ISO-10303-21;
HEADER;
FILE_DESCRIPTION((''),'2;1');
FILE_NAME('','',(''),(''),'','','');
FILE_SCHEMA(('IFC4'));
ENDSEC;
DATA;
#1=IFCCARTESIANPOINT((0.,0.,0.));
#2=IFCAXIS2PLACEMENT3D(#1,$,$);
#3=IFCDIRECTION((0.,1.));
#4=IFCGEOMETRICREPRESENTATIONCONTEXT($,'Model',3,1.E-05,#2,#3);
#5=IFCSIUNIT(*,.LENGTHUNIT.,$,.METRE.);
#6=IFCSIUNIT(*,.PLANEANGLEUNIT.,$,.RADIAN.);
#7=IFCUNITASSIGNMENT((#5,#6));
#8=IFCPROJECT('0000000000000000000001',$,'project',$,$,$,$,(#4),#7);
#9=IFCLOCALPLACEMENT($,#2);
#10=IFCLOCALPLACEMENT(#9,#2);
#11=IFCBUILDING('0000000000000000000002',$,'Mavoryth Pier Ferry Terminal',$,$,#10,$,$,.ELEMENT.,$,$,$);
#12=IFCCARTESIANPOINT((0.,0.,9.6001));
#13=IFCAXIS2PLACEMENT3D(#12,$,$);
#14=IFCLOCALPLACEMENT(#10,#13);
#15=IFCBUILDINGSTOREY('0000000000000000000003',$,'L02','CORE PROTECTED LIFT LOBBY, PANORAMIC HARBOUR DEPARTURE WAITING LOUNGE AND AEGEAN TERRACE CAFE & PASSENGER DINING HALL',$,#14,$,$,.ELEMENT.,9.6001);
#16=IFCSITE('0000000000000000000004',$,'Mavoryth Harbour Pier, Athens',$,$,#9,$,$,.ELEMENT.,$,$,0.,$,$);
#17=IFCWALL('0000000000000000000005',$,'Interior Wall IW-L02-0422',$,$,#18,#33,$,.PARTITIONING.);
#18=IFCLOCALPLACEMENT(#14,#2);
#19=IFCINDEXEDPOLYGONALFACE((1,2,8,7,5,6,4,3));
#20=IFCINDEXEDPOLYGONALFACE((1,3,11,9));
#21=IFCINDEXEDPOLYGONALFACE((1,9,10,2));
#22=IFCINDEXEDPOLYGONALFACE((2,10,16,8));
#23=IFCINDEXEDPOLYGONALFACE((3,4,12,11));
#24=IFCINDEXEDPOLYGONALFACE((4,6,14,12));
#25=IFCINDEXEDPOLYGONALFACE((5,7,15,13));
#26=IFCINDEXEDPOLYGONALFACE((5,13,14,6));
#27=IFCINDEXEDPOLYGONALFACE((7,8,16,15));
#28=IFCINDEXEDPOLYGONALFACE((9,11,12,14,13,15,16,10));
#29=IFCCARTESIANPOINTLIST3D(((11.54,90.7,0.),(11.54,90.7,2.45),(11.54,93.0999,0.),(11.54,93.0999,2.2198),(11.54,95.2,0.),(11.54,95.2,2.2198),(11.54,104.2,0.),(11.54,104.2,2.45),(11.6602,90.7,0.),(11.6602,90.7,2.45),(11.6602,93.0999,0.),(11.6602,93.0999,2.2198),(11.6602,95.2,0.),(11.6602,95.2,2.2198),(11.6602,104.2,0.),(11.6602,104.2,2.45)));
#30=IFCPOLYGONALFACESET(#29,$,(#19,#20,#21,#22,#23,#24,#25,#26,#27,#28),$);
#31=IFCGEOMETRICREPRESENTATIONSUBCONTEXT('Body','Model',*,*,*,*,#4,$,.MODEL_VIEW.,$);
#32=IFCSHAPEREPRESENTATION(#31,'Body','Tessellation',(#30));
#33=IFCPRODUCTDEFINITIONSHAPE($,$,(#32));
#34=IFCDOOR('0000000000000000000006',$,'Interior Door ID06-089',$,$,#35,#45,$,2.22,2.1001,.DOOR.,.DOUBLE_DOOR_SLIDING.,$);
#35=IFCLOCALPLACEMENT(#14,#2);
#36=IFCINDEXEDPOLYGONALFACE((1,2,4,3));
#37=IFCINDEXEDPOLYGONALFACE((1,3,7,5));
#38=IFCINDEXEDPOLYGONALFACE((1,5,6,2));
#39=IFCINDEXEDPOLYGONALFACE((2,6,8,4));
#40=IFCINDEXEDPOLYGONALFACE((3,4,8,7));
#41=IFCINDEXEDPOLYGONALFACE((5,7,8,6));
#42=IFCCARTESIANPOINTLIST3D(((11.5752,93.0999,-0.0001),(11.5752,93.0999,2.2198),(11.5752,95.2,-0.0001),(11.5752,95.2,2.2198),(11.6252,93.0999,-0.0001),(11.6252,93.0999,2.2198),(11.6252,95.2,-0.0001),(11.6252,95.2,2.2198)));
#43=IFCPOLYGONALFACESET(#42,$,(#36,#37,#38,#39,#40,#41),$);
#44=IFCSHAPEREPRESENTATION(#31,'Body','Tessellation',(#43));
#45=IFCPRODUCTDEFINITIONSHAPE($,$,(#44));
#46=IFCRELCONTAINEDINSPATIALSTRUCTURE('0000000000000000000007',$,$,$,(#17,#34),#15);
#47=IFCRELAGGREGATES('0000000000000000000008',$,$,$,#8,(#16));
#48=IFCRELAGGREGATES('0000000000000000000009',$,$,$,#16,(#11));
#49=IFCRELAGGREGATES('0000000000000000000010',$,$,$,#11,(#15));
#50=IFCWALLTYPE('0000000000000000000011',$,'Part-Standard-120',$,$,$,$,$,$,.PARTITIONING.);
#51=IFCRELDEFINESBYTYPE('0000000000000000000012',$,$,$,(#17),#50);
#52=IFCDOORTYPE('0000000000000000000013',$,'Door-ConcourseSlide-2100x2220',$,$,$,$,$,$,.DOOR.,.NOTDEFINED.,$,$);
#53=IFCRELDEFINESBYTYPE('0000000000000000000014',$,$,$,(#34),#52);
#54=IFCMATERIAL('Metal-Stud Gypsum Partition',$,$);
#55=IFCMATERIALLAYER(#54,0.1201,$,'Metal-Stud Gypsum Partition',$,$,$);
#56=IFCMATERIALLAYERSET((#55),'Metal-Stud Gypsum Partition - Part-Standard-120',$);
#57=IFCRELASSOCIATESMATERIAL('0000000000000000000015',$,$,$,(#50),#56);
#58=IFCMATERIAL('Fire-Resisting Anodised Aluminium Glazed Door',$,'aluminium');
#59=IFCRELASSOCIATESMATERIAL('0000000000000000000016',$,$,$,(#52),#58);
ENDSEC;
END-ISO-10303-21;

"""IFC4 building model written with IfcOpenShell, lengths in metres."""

from ifc_helpers import new_model, si_unit, direction, frame, frame_2d, origin, place, context, subcontext, project, spatial, rectangle, extrude, material, layer, layer_set, type_object, element, fill, save


model = new_model("IFC4")

# Units and contexts
model_context = context("Model", 3, precision=1e-05, world=origin(), true_north=direction((0.0, 1.0)))
body_context = subcontext(model_context, "Body", "Model", "MODEL_VIEW")
ifc_project = project(units=[si_unit("LENGTHUNIT", "METRE"), si_unit("PLANEANGLEUNIT", "RADIAN")], contexts=[model_context])

# Site, building, storey
site_placement = place(None, origin())
site = spatial("IfcSite", under=ifc_project, at=site_placement, Name="Mavoryth Harbour Pier, Athens", CompositionType="ELEMENT", RefElevation=0.0)
building_placement = place(site_placement, origin())
building = spatial("IfcBuilding", under=site, at=building_placement, Name="Mavoryth Pier Ferry Terminal", CompositionType="ELEMENT")
storey_placement = place(building_placement, frame((0.0, 0.0, 9.6001)))
storey = spatial("IfcBuildingStorey", under=building, at=storey_placement, Name="L02", Description="CORE PROTECTED LIFT LOBBY, PANORAMIC HARBOUR DEPARTURE WAITING LOUNGE AND AEGEAN TERRACE CAFE & PASSENGER DINING HALL", CompositionType="ELEMENT", Elevation=9.6001)

# Wall, opening, door
ifc_material_1 = material(Name="Metal-Stud Gypsum Partition")
ifc_layer_1 = layer(ifc_material_1, 0.1201, Name="Metal-Stud Gypsum Partition")
ifc_layer_set_1 = layer_set([ifc_layer_1], Name="Metal-Stud Gypsum Partition - Part-Standard-120")
wall_type = type_object("IfcWallType", Name="Part-Standard-120", PredefinedType="PARTITIONING", material=ifc_layer_set_1)
wall_placement = place(storey_placement, frame((11.6001, 90.7, 0.0), z_axis=(0.0, 0.0, 1.0), x_axis=(0.0, 1.0, 0.0)))
wall = element("IfcWall", 1, at=wall_placement, inside=storey, type_object=wall_type, Name="Interior Wall IW-L02-0422", PredefinedType="PARTITIONING", context=body_context, shape_type="SweptSolid", body=[
    extrude(rectangle(XDim=13.5, YDim=0.1201, at=frame_2d((6.75, 0.0))), origin(), (0.0, 0.0, 1.0), 2.45),
])
opening_placement = place(wall_placement, frame((2.3999, 0.0, 0.0)))
opening = element("IfcOpeningElement", 2, at=opening_placement, cuts=wall, PredefinedType="OPENING", context=body_context, shape_type="SweptSolid", body=[
    extrude(rectangle(XDim=2.1001, YDim=2.22, at=frame_2d((1.05, 1.1099))), frame((0.0, 0.0701, 0.0), z_axis=(0.0, -1.0, 0.0), x_axis=(1.0, 0.0, 0.0)), (0.0, 0.0, 1.0), 0.1401),
])
ifc_material_2 = material(Name="Fire-Resisting Anodised Aluminium Glazed Door", Category="aluminium")
door_type = type_object("IfcDoorType", Name="Door-ConcourseSlide-2100x2220", OperationType="NOTDEFINED", PredefinedType="DOOR", material=ifc_material_2)
door_placement = place(opening_placement, origin())
door = element("IfcDoor", 3, at=door_placement, inside=storey, type_object=door_type, Name="Interior Door ID06-089", OperationType="DOUBLE_DOOR_SLIDING", OverallHeight=2.22, OverallWidth=2.1001, PredefinedType="DOOR", context=body_context, shape_type="SweptSolid", body=[
    extrude(rectangle(XDim=2.1001, YDim=2.22, at=frame_2d((1.05, 1.1099))), frame((0.0, 0.0249, 0.0), z_axis=(0.0, -1.0, 0.0), x_axis=(1.0, 0.0, 0.0)), (0.0, 0.0, 1.0), 0.05),
])
fill(opening, door)

save(model, "model.ifc")
